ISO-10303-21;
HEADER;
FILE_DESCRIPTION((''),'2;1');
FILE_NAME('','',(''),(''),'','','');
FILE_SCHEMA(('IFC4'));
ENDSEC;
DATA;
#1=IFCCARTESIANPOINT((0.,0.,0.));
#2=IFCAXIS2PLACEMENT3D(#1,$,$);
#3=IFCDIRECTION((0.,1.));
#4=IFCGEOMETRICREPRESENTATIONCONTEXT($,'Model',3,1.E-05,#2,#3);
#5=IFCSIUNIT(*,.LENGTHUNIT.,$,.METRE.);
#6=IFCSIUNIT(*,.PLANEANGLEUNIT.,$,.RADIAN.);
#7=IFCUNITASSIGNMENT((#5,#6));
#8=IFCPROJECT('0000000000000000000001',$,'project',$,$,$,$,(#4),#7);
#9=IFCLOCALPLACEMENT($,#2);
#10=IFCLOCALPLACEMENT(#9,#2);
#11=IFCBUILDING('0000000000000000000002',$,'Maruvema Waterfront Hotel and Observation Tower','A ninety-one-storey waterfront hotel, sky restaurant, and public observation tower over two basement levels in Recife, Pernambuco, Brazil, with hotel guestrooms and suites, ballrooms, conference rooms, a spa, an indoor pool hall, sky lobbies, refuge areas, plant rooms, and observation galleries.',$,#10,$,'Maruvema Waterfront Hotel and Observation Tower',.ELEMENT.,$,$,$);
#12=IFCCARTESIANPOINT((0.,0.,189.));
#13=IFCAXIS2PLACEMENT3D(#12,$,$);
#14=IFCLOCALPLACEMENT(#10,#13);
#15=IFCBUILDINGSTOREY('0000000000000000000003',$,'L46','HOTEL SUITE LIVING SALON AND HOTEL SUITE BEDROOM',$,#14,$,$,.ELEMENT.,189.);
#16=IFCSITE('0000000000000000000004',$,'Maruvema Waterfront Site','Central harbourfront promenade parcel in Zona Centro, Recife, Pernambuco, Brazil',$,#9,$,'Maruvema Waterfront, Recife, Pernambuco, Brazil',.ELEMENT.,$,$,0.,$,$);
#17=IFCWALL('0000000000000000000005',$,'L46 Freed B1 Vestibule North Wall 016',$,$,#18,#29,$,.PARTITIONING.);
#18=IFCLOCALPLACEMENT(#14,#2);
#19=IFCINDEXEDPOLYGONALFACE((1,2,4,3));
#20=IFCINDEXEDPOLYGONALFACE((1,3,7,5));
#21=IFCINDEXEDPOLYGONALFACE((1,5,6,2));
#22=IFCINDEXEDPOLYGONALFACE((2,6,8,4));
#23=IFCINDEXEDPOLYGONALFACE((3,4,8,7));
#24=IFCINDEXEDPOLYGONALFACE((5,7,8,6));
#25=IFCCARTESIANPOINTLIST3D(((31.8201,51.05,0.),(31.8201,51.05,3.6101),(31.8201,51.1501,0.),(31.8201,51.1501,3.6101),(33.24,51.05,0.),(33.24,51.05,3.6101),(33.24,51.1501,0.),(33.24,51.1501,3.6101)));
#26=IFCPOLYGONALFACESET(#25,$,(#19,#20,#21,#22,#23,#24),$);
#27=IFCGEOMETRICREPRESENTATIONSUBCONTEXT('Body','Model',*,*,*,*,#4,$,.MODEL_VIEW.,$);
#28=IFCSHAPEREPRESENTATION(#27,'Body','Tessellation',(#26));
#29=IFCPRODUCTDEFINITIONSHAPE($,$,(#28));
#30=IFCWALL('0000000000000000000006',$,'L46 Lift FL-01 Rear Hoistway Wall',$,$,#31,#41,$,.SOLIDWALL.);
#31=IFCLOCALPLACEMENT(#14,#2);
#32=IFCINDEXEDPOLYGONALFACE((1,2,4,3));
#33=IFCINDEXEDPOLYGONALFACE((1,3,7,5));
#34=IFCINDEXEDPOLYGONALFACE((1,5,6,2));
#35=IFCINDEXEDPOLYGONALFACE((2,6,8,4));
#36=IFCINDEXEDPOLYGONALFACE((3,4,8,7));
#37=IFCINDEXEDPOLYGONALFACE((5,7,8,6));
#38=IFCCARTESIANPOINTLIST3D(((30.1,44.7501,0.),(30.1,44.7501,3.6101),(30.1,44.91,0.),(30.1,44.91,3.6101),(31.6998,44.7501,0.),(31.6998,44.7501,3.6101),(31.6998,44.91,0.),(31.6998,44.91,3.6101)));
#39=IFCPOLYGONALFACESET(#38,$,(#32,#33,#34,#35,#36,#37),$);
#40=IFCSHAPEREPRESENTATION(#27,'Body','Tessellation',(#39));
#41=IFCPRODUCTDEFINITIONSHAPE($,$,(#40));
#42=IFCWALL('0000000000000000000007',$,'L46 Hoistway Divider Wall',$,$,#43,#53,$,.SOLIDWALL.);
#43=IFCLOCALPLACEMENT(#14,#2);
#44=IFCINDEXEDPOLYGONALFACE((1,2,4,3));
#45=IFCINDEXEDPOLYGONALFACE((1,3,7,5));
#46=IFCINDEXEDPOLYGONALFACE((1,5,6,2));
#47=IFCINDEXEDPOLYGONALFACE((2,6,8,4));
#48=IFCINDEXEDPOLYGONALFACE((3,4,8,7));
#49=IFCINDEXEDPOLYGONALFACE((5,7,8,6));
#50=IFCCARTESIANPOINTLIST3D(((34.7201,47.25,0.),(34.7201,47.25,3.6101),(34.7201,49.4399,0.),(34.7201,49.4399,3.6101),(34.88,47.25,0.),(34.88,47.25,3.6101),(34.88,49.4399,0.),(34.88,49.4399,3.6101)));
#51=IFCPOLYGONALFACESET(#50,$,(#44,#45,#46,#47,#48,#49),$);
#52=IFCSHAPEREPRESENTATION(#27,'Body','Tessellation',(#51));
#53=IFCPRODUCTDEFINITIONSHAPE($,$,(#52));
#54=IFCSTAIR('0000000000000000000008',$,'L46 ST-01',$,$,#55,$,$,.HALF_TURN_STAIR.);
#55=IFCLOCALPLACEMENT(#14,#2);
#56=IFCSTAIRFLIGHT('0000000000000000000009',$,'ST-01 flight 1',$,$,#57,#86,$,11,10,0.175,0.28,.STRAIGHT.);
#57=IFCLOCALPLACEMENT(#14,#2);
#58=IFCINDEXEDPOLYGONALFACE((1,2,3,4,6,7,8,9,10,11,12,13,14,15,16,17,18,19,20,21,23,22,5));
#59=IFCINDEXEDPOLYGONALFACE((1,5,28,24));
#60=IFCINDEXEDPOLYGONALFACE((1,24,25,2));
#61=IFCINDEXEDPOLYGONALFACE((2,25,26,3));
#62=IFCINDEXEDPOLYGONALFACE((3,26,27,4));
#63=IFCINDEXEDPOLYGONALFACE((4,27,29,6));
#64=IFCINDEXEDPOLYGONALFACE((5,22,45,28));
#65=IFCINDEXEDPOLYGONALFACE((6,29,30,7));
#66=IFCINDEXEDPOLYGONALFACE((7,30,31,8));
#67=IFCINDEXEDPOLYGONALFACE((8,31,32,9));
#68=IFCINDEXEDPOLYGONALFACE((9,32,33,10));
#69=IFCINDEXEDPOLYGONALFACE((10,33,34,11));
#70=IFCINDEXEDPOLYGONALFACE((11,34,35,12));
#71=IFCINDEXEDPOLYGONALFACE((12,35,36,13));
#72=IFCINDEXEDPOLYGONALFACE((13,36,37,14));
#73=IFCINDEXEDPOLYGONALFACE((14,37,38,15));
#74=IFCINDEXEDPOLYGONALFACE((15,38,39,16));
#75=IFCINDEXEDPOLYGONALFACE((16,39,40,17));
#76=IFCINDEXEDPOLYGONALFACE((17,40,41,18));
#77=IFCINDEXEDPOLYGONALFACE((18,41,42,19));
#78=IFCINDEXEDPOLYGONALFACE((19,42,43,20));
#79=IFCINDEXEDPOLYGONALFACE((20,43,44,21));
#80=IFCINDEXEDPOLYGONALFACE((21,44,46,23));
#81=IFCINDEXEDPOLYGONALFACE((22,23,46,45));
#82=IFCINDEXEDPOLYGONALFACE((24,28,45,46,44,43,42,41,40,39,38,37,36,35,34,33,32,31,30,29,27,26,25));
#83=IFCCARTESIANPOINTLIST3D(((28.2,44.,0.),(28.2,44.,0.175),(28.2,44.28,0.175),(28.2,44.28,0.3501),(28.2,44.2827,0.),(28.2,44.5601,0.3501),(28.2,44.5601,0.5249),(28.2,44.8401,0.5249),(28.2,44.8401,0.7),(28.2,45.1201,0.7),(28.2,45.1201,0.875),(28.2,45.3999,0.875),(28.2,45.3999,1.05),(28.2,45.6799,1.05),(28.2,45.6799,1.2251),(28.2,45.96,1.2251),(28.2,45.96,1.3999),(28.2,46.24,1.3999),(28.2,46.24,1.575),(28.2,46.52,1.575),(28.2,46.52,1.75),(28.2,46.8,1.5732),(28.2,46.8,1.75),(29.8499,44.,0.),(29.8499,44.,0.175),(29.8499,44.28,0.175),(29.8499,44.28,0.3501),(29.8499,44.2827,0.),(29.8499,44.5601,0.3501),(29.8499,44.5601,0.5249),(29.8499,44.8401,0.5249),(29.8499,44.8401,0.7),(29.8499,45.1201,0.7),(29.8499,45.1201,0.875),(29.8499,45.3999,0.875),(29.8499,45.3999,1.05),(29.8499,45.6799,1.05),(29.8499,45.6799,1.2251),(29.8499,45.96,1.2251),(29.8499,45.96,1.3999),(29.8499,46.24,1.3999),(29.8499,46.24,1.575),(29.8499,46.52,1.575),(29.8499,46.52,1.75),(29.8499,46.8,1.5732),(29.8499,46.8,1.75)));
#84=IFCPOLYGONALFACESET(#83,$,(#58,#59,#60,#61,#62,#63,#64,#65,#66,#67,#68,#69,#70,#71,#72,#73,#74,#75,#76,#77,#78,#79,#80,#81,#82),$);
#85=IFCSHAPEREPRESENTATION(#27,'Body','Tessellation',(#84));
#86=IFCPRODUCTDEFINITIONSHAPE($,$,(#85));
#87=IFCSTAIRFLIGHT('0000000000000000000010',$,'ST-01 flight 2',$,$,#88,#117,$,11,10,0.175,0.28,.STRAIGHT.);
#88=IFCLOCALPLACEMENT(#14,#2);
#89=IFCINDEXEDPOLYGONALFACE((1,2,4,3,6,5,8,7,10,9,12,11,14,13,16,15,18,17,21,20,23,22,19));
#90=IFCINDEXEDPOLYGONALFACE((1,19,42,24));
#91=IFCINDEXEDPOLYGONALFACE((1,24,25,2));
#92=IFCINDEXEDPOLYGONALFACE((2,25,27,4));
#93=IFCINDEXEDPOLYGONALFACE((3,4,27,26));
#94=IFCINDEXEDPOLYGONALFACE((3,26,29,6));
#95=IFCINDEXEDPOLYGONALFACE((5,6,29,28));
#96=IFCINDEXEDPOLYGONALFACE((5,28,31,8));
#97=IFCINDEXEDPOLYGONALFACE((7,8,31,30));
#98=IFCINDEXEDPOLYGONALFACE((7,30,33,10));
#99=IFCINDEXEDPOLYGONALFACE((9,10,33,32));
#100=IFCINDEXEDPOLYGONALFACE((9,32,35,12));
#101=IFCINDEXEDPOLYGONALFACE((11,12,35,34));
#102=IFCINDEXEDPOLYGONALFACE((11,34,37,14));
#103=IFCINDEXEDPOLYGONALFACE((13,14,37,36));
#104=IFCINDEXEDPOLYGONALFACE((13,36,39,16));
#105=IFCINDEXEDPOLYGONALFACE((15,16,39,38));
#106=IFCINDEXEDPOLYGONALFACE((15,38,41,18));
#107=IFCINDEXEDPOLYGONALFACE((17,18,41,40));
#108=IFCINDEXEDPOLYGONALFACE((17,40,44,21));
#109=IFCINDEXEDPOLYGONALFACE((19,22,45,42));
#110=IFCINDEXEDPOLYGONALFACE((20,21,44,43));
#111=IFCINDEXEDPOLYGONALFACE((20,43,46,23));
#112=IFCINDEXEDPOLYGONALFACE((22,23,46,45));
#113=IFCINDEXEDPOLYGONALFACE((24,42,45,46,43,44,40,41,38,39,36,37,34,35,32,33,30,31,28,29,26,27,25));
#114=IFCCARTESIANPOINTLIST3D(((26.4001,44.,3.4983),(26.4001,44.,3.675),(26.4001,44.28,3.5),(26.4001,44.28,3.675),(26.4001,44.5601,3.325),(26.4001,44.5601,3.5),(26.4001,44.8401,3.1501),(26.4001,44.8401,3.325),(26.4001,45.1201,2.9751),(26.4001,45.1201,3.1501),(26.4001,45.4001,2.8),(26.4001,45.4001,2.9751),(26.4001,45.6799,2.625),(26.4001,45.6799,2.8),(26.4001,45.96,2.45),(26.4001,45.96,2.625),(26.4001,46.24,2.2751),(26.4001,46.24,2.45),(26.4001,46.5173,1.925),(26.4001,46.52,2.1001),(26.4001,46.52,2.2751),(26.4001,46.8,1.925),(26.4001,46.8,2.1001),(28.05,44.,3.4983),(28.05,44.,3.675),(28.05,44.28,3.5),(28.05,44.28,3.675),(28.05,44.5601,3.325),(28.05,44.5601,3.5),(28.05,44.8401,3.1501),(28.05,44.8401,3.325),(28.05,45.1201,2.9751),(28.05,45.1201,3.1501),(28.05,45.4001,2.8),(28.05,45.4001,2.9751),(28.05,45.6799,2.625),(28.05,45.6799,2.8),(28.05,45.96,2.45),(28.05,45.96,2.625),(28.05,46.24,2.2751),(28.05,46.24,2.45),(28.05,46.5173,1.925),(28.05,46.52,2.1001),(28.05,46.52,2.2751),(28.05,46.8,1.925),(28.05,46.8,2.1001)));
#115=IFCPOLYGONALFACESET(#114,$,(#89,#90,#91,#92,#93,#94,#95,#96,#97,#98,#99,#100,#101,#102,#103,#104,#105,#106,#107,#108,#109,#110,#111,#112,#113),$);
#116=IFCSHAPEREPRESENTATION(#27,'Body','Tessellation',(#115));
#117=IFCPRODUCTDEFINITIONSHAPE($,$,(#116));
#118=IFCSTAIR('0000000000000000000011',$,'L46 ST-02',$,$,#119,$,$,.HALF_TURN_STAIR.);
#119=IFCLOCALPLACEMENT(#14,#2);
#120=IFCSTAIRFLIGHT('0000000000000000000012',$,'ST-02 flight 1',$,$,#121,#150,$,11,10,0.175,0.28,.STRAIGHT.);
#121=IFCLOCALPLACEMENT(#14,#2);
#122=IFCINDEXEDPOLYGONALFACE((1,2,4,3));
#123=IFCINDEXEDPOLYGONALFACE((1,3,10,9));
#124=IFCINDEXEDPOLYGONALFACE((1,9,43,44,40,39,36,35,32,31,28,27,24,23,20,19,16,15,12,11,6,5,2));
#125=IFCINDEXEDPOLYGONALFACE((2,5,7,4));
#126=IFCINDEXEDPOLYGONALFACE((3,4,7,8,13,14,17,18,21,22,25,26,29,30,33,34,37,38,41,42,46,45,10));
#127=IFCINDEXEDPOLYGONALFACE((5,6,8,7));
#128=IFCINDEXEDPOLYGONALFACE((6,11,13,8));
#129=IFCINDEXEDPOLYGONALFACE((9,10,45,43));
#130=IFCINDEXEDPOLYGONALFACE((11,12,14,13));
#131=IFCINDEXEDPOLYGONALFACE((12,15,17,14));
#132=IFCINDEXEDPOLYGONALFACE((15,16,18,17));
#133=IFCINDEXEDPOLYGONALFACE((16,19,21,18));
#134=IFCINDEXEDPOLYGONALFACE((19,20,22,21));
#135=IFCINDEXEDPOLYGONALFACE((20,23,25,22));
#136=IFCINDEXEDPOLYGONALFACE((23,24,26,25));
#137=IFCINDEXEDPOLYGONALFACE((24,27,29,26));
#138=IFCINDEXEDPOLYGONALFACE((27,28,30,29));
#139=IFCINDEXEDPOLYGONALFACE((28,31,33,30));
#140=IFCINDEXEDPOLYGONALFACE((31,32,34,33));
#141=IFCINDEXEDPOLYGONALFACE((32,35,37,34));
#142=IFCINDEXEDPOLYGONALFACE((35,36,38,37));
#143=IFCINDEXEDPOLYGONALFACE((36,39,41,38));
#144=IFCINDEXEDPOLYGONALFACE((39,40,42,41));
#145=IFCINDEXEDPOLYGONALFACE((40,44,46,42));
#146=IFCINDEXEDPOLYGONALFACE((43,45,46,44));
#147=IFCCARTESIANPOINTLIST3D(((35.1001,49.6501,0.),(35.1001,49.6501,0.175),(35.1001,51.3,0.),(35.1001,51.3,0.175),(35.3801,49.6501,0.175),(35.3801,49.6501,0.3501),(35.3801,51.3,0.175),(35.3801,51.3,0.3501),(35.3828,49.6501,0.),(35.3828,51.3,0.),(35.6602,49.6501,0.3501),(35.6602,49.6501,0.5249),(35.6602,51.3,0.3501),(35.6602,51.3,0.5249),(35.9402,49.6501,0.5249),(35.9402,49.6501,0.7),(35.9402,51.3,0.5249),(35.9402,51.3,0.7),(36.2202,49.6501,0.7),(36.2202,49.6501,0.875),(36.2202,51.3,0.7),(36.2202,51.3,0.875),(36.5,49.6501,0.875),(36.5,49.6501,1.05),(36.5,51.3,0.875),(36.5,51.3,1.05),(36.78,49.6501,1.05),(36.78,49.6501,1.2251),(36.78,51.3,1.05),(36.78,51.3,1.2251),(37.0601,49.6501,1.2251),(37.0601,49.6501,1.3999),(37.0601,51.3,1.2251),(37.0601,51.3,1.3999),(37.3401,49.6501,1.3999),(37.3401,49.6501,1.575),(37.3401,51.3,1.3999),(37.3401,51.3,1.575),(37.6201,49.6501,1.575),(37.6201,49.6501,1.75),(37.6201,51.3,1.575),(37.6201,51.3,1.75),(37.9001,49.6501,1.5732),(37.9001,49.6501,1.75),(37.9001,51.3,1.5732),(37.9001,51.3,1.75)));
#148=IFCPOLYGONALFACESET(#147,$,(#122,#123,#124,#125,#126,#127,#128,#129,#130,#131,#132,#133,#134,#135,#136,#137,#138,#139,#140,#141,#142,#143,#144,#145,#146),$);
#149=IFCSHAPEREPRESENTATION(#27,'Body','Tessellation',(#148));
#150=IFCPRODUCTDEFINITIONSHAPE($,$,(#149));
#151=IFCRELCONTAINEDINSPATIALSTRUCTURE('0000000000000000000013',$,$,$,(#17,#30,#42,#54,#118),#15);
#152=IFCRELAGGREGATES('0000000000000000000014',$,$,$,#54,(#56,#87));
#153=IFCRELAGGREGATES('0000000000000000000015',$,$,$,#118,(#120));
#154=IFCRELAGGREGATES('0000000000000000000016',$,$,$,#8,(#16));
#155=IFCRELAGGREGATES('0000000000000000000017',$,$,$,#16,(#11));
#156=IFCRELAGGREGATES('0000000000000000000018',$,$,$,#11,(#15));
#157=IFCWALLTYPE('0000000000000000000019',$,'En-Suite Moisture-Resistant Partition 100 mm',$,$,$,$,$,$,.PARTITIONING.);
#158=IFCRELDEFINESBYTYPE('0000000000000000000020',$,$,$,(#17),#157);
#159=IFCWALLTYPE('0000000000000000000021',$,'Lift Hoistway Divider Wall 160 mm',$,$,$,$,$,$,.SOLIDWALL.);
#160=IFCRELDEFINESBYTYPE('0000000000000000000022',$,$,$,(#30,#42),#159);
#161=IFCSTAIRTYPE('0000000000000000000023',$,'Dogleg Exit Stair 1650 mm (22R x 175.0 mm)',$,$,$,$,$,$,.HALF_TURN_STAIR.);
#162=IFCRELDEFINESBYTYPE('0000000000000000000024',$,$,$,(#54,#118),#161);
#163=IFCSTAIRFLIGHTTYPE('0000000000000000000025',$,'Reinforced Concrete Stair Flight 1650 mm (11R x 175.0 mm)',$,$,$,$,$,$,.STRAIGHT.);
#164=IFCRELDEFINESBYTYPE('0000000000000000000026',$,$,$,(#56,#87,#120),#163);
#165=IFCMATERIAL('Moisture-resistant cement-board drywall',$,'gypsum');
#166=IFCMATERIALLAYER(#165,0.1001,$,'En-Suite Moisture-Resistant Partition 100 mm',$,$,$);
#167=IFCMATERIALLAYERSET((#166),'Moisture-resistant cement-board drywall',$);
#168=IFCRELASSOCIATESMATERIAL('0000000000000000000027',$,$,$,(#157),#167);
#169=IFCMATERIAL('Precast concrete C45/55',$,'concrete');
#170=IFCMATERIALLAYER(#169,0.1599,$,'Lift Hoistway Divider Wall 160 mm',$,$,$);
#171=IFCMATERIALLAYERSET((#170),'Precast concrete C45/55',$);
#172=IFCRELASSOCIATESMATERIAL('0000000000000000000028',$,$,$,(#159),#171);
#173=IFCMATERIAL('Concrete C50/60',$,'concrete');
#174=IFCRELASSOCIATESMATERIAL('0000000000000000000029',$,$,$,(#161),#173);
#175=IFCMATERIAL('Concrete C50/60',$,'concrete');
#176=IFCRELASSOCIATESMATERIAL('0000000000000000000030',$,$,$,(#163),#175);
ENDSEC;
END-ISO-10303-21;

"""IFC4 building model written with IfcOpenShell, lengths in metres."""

from ifc_helpers import new_model, si_unit, direction, frame, frame_2d, origin, place, context, subcontext, project, spatial, polyline, rectangle, outline, extrude, material, layer, layer_set, type_object, element, aggregate, save


model = new_model("IFC4")

# Units and contexts
model_context = context("Model", 3, precision=1e-05, world=origin(), true_north=direction((0.0, 1.0)))
body_context = subcontext(model_context, "Body", "Model", "MODEL_VIEW")
ifc_project = project(units=[si_unit("LENGTHUNIT", "METRE"), si_unit("PLANEANGLEUNIT", "RADIAN")], contexts=[model_context])

# Site, building, storey
site_placement = place(None, origin())
site = spatial("IfcSite", under=ifc_project, at=site_placement, Name="Maruvema Waterfront Site", Description="Central harbourfront promenade parcel in Zona Centro, Recife, Pernambuco, Brazil", LongName="Maruvema Waterfront, Recife, Pernambuco, Brazil", CompositionType="ELEMENT", RefElevation=0.0)
building_placement = place(site_placement, origin())
building = spatial("IfcBuilding", under=site, at=building_placement, Name="Maruvema Waterfront Hotel and Observation Tower", Description="A ninety-one-storey waterfront hotel, sky restaurant, and public observation tower over two basement levels in Recife, Pernambuco, Brazil, with hotel guestrooms and suites, ballrooms, conference rooms, a spa, an indoor pool hall, sky lobbies, refuge areas, plant rooms, and observation galleries.", LongName="Maruvema Waterfront Hotel and Observation Tower", CompositionType="ELEMENT")
storey_placement = place(building_placement, frame((0.0, 0.0, 189.0)))
storey = spatial("IfcBuildingStorey", under=building, at=storey_placement, Name="L46", Description="HOTEL SUITE LIVING SALON AND HOTEL SUITE BEDROOM", CompositionType="ELEMENT", Elevation=189.0)

# Shared definitions
ifc_material_1 = material(Name="Moisture-resistant cement-board drywall", Category="gypsum")
ifc_layer_1 = layer(ifc_material_1, 0.1001, Name="En-Suite Moisture-Resistant Partition 100 mm")
ifc_layer_set_1 = layer_set([ifc_layer_1], Name="Moisture-resistant cement-board drywall")
wall_type_1 = type_object("IfcWallType", Name="En-Suite Moisture-Resistant Partition 100 mm", PredefinedType="PARTITIONING", material=ifc_layer_set_1)

# Walls
wall_1_placement = place(storey_placement, frame((31.8201, 51.1001, 0.0), z_axis=(0.0, 0.0, 1.0), x_axis=(1.0, 0.0, 0.0)))
element("IfcWall", 1, at=wall_1_placement, inside=storey, type_object=wall_type_1, Name="L46 Freed B1 Vestibule North Wall 016", PredefinedType="PARTITIONING", context=body_context, shape_type="SweptSolid", body=[
    extrude(rectangle(XDim=1.4199, YDim=0.1001, at=frame_2d((0.71, 0.0))), origin(), (0.0, 0.0, 1.0), 3.6101),
])
ifc_material_2 = material(Name="Precast concrete C45/55", Category="concrete")
ifc_layer_2 = layer(ifc_material_2, 0.1599, Name="Lift Hoistway Divider Wall 160 mm")
ifc_layer_set_2 = layer_set([ifc_layer_2], Name="Precast concrete C45/55")
wall_type_2 = type_object("IfcWallType", Name="Lift Hoistway Divider Wall 160 mm", PredefinedType="SOLIDWALL", material=ifc_layer_set_2)
wall_2_placement = place(storey_placement, frame((30.1001, 44.8301, 0.0), z_axis=(0.0, 0.0, 1.0), x_axis=(1.0, 0.0, 0.0)))
element("IfcWall", 2, at=wall_2_placement, inside=storey, type_object=wall_type_2, Name="L46 Lift FL-01 Rear Hoistway Wall", PredefinedType="SOLIDWALL", context=body_context, shape_type="SweptSolid", body=[
    extrude(rectangle(XDim=1.5999, YDim=0.1599, at=frame_2d((0.7998, 0.0))), origin(), (0.0, 0.0, 1.0), 3.6101),
])
wall_3_placement = place(storey_placement, frame((34.8, 47.25, 0.0), z_axis=(0.0, 0.0, 1.0), x_axis=(0.0, 1.0, 0.0)))
element("IfcWall", 3, at=wall_3_placement, inside=storey, type_object=wall_type_2, Name="L46 Hoistway Divider Wall", PredefinedType="SOLIDWALL", context=body_context, shape_type="SweptSolid", body=[
    extrude(rectangle(XDim=2.1899, YDim=0.1599, at=frame_2d((1.095, 0.0))), origin(), (0.0, 0.0, 1.0), 3.6101),
])

# Stair, stair flights
ifc_material_3 = material(Name="Concrete C50/60", Category="concrete")
stair_type = type_object("IfcStairType", Name="Dogleg Exit Stair 1650 mm (22R x 175.0 mm)", PredefinedType="HALF_TURN_STAIR", material=ifc_material_3)
stair_1_placement = place(storey_placement, origin())
stair_1 = element("IfcStair", 4, at=stair_1_placement, inside=storey, type_object=stair_type, Name="L46 ST-01", PredefinedType="HALF_TURN_STAIR")
ifc_material_4 = material(Name="Concrete C50/60", Category="concrete")
stair_flight_type = type_object("IfcStairFlightType", Name="Reinforced Concrete Stair Flight 1650 mm (11R x 175.0 mm)", PredefinedType="STRAIGHT", material=ifc_material_4)
stair_flight_1_placement = place(storey_placement, frame((29.0249, 44.0, 0.0), z_axis=(0.0, 0.0, 1.0), x_axis=(0.0, 1.0, 0.0)))
stair_flight_1 = element("IfcStairFlight", 5, at=stair_flight_1_placement, type_object=stair_flight_type, Name="ST-01 flight 1", NumberOfRisers=11, NumberOfTreads=10, PredefinedType="STRAIGHT", RiserHeight=0.175, TreadLength=0.28, context=body_context, shape_type="SweptSolid", body=[
    extrude(outline(polyline([(0.0, 0.0), (0.0, 0.175), (0.28, 0.175), (0.28, 0.3501), (0.5601, 0.3501), (0.5601, 0.5249), (0.8401, 0.5249), (0.8401, 0.7), (1.1201, 0.7), (1.1201, 0.875), (1.3999, 0.875), (1.3999, 1.05), (1.6799, 1.05), (1.6799, 1.2251), (1.96, 1.2251), (1.96, 1.3999), (2.24, 1.3999), (2.24, 1.575), (2.52, 1.575), (2.52, 1.75), (2.8, 1.75), (2.8, 1.925), (2.8, 1.5732), (0.2827, 0.0), (0.0, 0.0)])), frame((0.0, 0.825, 0.0), z_axis=(0.0, -1.0, 0.0), x_axis=(1.0, 0.0, 0.0)), (0.0, 0.0, 1.0), 1.6499),
])
stair_flight_2_placement = place(storey_placement, frame((27.2251, 46.8, 1.925), z_axis=(0.0, 0.0, 1.0), x_axis=(0.0, -1.0, 0.0)))
stair_flight_2 = element("IfcStairFlight", 6, at=stair_flight_2_placement, type_object=stair_flight_type, Name="ST-01 flight 2", NumberOfRisers=11, NumberOfTreads=10, PredefinedType="STRAIGHT", RiserHeight=0.175, TreadLength=0.28, context=body_context, shape_type="SweptSolid", body=[
    extrude(outline(polyline([(0.0, 0.0), (0.0, 0.175), (0.28, 0.175), (0.28, 0.3501), (0.5601, 0.3501), (0.5601, 0.5249), (0.8401, 0.5249), (0.8401, 0.7), (1.1201, 0.7), (1.1201, 0.875), (1.3999, 0.875), (1.3999, 1.05), (1.6799, 1.05), (1.6799, 1.2251), (1.96, 1.2251), (1.96, 1.3999), (2.24, 1.3999), (2.24, 1.575), (2.52, 1.575), (2.52, 1.75), (2.8, 1.75), (2.8, 1.925), (2.8, 1.5732), (0.2827, 0.0), (0.0, 0.0)])), frame((0.0, 0.825, 0.0), z_axis=(0.0, -1.0, 0.0), x_axis=(1.0, 0.0, 0.0)), (0.0, 0.0, 1.0), 1.6499),
])
aggregate(stair_1, [stair_flight_1, stair_flight_2])

# Stair, stair flight
stair_2_placement = place(storey_placement, origin())
stair_2 = element("IfcStair", 7, at=stair_2_placement, inside=storey, type_object=stair_type, Name="L46 ST-02", PredefinedType="HALF_TURN_STAIR")
stair_flight_3_placement = place(storey_placement, frame((35.1001, 50.4751, 0.0), z_axis=(0.0, 0.0, 1.0), x_axis=(1.0, 0.0, 0.0)))
stair_flight_3 = element("IfcStairFlight", 8, at=stair_flight_3_placement, type_object=stair_flight_type, Name="ST-02 flight 1", NumberOfRisers=11, NumberOfTreads=10, PredefinedType="STRAIGHT", RiserHeight=0.175, TreadLength=0.28, context=body_context, shape_type="SweptSolid", body=[
    extrude(outline(polyline([(0.0, 0.0), (0.0, 0.175), (0.28, 0.175), (0.28, 0.3501), (0.5601, 0.3501), (0.5601, 0.5249), (0.8401, 0.5249), (0.8401, 0.7), (1.1201, 0.7), (1.1201, 0.875), (1.3999, 0.875), (1.3999, 1.05), (1.6799, 1.05), (1.6799, 1.2251), (1.96, 1.2251), (1.96, 1.3999), (2.24, 1.3999), (2.24, 1.575), (2.52, 1.575), (2.52, 1.75), (2.8, 1.75), (2.8, 1.925), (2.8, 1.5732), (0.2827, 0.0), (0.0, 0.0)])), frame((0.0, 0.825, 0.0), z_axis=(0.0, -1.0, 0.0), x_axis=(1.0, 0.0, 0.0)), (0.0, 0.0, 1.0), 1.6499),
])
aggregate(stair_2, [stair_flight_3])

save(model, "model.ifc")
